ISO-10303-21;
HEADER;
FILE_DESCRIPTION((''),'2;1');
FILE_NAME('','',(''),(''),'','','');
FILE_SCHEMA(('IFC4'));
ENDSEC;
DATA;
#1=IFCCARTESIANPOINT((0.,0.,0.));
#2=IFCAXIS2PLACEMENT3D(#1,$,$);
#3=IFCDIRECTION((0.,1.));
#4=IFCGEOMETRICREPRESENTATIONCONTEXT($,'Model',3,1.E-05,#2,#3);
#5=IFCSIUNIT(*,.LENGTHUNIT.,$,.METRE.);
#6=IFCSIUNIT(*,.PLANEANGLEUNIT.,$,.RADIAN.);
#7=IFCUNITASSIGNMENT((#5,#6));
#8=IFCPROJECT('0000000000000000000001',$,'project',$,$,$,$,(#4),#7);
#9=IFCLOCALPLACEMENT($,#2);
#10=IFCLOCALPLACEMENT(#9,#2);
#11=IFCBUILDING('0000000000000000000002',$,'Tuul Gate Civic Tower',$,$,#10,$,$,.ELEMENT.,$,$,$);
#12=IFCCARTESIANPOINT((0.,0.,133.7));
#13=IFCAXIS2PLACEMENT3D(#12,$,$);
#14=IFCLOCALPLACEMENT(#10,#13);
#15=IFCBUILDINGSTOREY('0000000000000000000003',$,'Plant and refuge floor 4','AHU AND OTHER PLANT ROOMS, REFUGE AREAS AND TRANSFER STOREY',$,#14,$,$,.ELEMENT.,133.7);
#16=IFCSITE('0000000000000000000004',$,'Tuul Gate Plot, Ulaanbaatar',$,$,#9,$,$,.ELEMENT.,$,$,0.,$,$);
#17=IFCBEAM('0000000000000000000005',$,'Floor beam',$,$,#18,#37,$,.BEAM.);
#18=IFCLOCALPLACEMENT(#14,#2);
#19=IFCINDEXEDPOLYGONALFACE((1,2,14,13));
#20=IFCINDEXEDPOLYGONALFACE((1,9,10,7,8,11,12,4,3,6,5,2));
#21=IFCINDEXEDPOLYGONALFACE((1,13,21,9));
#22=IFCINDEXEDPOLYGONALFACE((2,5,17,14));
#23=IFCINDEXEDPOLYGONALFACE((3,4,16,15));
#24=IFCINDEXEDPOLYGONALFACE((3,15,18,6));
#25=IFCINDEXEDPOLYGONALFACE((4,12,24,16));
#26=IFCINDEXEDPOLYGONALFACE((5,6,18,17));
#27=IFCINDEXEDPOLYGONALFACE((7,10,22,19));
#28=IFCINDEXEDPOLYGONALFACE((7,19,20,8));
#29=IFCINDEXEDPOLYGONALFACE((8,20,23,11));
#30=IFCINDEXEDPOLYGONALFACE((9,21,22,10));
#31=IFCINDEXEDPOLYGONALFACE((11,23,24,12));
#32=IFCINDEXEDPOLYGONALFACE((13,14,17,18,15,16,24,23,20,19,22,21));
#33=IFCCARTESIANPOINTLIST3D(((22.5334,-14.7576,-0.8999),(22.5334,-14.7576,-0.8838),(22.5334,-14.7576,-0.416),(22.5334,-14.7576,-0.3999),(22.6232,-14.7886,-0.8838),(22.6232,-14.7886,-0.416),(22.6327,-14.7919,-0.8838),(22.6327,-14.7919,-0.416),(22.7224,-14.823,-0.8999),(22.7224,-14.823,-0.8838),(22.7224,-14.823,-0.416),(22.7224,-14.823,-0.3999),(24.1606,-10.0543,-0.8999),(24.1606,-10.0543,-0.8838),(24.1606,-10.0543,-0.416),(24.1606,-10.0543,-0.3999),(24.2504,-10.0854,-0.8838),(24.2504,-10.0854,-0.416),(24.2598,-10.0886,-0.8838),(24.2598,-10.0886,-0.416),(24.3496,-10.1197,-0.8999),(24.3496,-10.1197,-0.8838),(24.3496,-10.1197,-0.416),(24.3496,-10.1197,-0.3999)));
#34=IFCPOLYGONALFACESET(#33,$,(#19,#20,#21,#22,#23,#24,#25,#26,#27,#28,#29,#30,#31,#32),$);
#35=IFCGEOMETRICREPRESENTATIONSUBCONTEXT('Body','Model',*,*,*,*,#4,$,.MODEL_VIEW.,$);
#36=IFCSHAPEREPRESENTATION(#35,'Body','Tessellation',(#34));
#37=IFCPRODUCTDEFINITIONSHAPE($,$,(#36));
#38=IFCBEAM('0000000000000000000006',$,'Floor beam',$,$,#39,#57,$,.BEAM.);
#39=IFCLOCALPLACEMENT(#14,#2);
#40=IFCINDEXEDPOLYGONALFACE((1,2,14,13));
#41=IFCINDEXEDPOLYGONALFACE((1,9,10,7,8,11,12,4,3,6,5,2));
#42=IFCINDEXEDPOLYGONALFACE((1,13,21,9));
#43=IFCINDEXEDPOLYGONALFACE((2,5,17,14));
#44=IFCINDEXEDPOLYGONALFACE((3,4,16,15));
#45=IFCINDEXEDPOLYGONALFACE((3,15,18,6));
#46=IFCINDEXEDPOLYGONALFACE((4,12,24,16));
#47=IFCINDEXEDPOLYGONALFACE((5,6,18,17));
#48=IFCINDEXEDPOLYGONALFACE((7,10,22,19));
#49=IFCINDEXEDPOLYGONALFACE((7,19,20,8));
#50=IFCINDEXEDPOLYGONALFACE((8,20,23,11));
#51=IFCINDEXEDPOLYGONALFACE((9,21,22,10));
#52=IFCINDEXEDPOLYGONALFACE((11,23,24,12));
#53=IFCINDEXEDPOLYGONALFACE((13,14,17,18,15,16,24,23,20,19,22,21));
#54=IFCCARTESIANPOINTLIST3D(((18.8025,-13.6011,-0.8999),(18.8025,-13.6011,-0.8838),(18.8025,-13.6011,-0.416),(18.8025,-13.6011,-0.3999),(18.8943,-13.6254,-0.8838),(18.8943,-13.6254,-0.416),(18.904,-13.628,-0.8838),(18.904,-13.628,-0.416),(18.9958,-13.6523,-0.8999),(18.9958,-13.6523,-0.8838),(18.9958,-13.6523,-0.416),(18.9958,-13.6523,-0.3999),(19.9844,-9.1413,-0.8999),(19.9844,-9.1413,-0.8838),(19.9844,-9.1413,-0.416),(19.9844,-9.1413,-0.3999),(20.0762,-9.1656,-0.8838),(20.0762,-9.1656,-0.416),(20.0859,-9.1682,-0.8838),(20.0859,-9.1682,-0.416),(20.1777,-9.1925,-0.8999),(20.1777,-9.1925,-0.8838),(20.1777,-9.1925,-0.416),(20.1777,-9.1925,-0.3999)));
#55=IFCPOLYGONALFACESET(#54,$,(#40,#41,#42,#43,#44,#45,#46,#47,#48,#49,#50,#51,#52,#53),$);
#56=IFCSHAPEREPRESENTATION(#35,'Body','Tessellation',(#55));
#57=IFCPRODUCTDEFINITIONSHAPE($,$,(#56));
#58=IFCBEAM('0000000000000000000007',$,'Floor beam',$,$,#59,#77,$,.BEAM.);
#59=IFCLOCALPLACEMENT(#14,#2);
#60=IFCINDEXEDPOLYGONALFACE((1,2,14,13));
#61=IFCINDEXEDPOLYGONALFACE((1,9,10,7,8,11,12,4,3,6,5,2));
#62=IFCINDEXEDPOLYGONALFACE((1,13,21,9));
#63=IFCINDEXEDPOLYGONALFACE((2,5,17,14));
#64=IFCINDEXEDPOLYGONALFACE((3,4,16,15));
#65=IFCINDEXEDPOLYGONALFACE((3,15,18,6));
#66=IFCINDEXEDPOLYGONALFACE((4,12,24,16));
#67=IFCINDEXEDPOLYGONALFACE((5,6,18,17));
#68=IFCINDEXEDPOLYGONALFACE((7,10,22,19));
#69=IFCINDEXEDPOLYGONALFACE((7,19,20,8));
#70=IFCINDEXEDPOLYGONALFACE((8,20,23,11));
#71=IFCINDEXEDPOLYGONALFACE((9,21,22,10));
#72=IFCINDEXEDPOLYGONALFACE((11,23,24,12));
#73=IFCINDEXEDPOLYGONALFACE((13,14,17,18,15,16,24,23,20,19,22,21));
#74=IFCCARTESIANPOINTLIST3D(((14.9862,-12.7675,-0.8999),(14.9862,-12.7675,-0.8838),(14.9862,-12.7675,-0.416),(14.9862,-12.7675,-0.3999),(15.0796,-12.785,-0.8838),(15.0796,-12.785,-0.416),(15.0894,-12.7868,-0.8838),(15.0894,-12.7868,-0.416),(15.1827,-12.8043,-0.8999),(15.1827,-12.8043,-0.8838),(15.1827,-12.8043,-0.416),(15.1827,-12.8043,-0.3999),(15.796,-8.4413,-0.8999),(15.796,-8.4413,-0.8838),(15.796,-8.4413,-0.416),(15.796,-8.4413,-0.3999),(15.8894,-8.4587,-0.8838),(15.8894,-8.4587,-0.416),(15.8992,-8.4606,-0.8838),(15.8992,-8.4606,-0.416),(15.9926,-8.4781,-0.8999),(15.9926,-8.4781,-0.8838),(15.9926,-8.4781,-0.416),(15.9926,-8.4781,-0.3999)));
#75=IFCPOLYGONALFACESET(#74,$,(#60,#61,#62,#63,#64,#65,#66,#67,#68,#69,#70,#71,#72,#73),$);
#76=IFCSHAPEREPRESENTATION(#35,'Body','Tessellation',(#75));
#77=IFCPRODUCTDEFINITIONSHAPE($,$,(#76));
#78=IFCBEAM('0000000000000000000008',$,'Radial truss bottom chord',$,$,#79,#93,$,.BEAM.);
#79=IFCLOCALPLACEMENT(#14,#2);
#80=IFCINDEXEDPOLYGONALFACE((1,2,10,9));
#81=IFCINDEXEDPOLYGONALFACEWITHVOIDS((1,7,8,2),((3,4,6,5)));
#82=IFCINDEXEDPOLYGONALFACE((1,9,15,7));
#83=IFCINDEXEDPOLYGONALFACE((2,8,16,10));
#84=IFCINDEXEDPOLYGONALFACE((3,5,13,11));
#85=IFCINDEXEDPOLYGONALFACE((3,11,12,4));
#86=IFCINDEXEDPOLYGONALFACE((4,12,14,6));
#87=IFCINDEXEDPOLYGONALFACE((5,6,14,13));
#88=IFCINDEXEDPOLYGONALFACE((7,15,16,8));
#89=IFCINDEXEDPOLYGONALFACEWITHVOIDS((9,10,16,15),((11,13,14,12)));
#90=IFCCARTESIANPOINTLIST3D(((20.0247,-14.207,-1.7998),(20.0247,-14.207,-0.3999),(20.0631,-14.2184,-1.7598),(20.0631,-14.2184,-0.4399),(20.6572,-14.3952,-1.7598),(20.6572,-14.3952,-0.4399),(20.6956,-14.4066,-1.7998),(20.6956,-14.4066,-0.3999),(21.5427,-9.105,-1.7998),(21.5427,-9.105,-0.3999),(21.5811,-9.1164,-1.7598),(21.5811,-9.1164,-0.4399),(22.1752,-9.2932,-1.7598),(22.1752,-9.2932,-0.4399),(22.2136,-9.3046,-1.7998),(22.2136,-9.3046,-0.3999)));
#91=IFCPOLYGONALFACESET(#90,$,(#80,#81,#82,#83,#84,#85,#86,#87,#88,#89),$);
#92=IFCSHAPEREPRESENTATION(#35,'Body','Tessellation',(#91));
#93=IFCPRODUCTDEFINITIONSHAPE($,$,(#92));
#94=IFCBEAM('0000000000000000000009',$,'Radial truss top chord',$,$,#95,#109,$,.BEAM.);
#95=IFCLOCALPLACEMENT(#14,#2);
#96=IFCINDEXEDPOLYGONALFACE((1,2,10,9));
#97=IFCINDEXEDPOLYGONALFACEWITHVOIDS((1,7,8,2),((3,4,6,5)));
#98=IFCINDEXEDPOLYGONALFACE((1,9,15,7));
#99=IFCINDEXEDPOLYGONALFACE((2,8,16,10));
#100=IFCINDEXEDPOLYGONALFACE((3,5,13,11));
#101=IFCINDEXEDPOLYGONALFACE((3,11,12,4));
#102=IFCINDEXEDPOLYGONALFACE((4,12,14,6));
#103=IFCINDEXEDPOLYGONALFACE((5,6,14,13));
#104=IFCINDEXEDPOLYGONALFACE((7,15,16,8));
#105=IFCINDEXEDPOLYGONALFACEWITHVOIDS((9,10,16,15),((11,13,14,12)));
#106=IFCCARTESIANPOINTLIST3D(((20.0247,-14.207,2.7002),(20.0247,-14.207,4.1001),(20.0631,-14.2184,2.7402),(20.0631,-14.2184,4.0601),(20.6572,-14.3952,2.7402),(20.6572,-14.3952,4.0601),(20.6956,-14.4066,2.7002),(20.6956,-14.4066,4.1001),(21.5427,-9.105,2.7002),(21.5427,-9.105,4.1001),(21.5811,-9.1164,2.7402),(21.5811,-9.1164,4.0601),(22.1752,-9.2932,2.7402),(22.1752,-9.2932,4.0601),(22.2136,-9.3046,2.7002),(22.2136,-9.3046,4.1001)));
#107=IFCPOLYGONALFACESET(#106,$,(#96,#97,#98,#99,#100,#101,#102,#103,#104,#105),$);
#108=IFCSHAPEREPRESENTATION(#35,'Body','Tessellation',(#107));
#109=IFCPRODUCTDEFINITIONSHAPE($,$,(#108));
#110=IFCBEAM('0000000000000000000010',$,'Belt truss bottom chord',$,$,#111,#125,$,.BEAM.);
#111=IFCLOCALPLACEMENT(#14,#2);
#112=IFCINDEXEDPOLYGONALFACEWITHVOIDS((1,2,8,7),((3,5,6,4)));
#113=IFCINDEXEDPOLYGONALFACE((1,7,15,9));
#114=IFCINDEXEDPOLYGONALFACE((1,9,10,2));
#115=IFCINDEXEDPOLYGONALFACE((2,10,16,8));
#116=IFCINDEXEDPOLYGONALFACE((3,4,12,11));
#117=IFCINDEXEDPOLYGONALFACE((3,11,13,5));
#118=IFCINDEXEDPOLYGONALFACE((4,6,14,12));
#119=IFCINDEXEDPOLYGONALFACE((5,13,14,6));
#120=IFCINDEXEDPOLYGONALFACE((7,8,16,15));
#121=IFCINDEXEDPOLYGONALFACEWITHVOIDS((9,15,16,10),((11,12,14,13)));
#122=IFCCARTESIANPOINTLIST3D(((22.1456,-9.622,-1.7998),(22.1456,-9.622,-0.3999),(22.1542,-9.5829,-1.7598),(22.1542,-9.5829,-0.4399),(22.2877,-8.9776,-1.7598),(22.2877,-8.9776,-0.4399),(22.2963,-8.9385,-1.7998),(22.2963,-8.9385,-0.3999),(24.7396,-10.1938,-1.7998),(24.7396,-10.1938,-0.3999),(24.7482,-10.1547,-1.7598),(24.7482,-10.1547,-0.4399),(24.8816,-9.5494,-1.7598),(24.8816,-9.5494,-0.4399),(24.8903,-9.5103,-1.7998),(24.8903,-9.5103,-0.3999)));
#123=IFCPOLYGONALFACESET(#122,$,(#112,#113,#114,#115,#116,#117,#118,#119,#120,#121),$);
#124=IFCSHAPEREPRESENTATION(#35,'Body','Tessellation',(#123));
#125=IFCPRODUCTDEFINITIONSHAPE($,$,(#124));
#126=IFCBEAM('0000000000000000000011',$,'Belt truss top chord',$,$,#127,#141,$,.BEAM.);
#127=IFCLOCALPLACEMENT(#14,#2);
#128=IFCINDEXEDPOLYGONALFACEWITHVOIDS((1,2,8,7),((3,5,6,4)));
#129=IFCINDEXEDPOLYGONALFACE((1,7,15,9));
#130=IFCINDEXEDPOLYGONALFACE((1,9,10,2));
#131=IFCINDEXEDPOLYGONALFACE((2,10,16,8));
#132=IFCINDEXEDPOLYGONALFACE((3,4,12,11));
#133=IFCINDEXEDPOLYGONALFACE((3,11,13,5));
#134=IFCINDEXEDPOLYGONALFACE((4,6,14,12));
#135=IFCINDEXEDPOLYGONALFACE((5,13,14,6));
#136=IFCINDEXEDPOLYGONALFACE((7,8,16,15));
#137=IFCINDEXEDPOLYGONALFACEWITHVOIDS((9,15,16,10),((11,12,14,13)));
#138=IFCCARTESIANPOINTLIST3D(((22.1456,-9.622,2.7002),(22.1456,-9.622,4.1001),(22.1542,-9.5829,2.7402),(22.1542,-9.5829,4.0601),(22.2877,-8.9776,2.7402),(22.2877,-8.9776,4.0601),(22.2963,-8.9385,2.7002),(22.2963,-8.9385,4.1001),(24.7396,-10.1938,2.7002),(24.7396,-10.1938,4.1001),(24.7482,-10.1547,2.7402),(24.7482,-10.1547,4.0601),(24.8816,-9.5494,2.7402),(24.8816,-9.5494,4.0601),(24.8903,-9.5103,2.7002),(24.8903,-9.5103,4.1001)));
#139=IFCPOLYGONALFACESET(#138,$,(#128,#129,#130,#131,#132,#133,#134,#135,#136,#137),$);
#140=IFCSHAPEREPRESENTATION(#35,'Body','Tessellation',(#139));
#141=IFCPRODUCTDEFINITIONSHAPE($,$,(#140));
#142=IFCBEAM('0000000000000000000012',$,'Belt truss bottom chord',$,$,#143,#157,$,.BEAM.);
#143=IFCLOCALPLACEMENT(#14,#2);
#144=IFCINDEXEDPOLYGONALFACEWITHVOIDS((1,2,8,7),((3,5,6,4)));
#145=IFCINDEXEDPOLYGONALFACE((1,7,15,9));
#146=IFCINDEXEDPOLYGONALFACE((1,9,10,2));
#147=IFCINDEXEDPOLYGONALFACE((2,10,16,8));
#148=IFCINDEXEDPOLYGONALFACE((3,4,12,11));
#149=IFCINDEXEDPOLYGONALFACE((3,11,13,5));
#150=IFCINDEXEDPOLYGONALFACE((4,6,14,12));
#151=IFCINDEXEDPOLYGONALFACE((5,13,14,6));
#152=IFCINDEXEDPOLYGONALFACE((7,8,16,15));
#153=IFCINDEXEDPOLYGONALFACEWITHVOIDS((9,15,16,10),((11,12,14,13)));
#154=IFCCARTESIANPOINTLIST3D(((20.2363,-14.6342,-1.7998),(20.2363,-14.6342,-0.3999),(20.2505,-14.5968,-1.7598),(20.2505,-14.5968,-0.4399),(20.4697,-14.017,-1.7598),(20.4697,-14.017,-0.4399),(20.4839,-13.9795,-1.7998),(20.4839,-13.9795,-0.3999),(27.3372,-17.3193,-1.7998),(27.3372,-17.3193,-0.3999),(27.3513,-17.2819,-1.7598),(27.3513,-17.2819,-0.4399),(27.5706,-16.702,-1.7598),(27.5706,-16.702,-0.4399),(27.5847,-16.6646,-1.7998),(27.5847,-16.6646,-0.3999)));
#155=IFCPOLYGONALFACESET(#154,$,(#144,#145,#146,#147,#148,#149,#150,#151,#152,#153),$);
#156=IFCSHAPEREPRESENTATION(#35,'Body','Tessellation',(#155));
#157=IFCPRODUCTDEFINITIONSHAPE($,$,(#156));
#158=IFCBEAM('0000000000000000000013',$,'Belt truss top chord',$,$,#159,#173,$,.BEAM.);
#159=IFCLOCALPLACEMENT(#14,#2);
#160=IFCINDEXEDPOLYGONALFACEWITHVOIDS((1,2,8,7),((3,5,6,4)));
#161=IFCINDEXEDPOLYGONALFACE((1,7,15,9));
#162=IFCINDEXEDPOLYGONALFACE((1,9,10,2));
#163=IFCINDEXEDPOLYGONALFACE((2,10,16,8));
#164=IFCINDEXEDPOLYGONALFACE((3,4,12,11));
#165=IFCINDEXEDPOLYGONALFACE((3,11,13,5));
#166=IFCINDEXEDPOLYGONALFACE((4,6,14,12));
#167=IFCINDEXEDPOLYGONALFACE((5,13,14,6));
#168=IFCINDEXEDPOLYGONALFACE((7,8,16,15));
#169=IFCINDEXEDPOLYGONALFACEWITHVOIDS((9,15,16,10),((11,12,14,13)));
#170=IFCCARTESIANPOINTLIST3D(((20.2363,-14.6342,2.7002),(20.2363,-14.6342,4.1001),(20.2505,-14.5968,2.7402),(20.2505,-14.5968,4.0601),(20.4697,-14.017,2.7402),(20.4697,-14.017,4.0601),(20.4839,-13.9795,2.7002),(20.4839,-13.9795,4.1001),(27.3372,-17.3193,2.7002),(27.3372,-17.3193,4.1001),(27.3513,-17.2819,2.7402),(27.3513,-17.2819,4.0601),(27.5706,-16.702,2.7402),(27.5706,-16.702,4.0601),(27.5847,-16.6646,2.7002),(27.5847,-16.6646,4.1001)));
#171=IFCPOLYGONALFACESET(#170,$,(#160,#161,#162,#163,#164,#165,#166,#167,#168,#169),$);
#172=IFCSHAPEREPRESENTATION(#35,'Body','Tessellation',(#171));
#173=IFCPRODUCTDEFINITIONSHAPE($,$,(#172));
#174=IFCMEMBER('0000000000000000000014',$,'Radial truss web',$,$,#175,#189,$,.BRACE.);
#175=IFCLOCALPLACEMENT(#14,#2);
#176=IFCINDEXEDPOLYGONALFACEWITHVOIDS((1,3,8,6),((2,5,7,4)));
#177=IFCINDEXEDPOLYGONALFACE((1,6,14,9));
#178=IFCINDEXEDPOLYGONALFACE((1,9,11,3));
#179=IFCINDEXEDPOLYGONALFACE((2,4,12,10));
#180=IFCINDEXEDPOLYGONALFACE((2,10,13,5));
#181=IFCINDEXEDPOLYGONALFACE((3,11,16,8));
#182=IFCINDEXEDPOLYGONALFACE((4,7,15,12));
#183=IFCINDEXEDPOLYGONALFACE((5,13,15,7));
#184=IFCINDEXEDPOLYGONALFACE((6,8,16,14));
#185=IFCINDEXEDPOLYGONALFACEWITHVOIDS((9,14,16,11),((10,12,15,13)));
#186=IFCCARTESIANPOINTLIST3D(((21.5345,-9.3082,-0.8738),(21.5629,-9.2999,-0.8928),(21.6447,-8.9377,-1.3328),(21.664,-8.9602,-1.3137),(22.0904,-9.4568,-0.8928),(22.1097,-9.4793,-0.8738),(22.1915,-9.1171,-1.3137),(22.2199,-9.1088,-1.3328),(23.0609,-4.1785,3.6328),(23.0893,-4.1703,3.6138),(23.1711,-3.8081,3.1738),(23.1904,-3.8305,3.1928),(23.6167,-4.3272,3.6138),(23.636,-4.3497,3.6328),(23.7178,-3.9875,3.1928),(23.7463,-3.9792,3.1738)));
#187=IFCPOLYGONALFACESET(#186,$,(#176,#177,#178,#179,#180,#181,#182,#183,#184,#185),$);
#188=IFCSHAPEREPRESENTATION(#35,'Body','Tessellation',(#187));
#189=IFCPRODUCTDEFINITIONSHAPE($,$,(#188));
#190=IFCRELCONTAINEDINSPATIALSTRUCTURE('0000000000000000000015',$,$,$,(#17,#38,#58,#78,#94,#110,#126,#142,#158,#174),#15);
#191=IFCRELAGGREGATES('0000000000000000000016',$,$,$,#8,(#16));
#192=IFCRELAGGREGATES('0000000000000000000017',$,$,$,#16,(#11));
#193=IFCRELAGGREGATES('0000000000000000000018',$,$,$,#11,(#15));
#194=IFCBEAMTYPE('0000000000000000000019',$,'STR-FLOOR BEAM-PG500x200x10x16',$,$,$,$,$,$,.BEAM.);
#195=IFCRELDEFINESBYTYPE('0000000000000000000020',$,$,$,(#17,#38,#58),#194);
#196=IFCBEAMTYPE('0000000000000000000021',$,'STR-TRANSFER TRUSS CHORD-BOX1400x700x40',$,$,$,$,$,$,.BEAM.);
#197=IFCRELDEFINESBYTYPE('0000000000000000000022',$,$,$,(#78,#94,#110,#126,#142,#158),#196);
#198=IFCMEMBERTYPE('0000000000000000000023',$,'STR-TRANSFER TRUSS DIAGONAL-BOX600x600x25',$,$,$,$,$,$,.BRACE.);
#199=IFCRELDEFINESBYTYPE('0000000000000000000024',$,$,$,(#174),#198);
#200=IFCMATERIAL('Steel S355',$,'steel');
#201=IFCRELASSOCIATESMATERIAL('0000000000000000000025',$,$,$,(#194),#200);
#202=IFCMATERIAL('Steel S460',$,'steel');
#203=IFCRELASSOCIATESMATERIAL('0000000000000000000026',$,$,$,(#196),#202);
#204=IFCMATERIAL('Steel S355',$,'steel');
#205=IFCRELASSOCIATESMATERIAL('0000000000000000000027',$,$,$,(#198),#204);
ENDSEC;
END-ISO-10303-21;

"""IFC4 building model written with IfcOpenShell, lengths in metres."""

from ifc_helpers import new_model, si_unit, direction, frame, origin, origin_2d, place, context, subcontext, project, spatial, hollow_rectangle, i_section, extrude, material, material_profile, profile_set, type_object, element, save


model = new_model("IFC4")

# Units and contexts
model_context = context("Model", 3, precision=1e-05, world=origin(), true_north=direction((0.0, 1.0)))
body_context = subcontext(model_context, "Body", "Model", "MODEL_VIEW")
ifc_project = project(units=[si_unit("LENGTHUNIT", "METRE"), si_unit("PLANEANGLEUNIT", "RADIAN")], contexts=[model_context])

# Site, building, storey
site_placement = place(None, origin())
site = spatial("IfcSite", under=ifc_project, at=site_placement, Name="Tuul Gate Plot, Ulaanbaatar", CompositionType="ELEMENT", RefElevation=0.0)
building_placement = place(site_placement, origin())
building = spatial("IfcBuilding", under=site, at=building_placement, Name="Tuul Gate Civic Tower", CompositionType="ELEMENT")
storey_placement = place(building_placement, frame((0.0, 0.0, 133.7)))
storey = spatial("IfcBuildingStorey", under=building, at=storey_placement, Name="Plant and refuge floor 4", Description="AHU AND OTHER PLANT ROOMS, REFUGE AREAS AND TRANSFER STOREY", CompositionType="ELEMENT", Elevation=133.7)

# Beams
ifc_material_1 = material(Name="Steel S355", Category="steel")
ifc_material_profile_1 = material_profile(ifc_material_1, i_section(OverallWidth=0.2, OverallDepth=0.5, WebThickness=0.01, FlangeThickness=0.0161, at=origin_2d()), Name="PG500x200x10x16")
ifc_profile_set_1 = profile_set([ifc_material_profile_1], Name="Steel S355")
beam_type_1 = type_object("IfcBeamType", Name="STR-FLOOR BEAM-PG500x200x10x16", PredefinedType="BEAM", material=ifc_profile_set_1)
beam_1_placement = place(storey_placement, frame((22.6279, -14.7903, -0.6499), z_axis=(0.32695, 0.945041, 0.0), x_axis=(-0.945041, 0.32695, 0.0)))
element("IfcBeam", 1, at=beam_1_placement, inside=storey, type_object=beam_type_1, Name="Floor beam", PredefinedType="BEAM", context=body_context, shape_type="SweptSolid", body=[
    extrude(i_section(OverallWidth=0.2, OverallDepth=0.5, WebThickness=0.01, FlangeThickness=0.0161, at=origin_2d()), origin(), (0.0, 0.0, 1.0), 4.9768),
])
beam_2_placement = place(storey_placement, frame((18.8992, -13.6267, -0.6499), z_axis=(0.25617, 0.966632, 0.0), x_axis=(-0.966632, 0.25617, 0.0)))
element("IfcBeam", 2, at=beam_2_placement, inside=storey, type_object=beam_type_1, Name="Floor beam", PredefinedType="BEAM", context=body_context, shape_type="SweptSolid", body=[
    extrude(i_section(OverallWidth=0.2, OverallDepth=0.5, WebThickness=0.01, FlangeThickness=0.0161, at=origin_2d()), origin(), (0.0, 0.0, 1.0), 4.6138),
])
beam_3_placement = place(storey_placement, frame((15.0845, -12.7859, -0.6499), z_axis=(0.183994, 0.982927, 0.0), x_axis=(-0.982927, 0.183994, 0.0)))
element("IfcBeam", 3, at=beam_3_placement, inside=storey, type_object=beam_type_1, Name="Floor beam", PredefinedType="BEAM", context=body_context, shape_type="SweptSolid", body=[
    extrude(i_section(OverallWidth=0.2, OverallDepth=0.5, WebThickness=0.01, FlangeThickness=0.0161, at=origin_2d()), origin(), (0.0, 0.0, 1.0), 4.4014),
])
ifc_material_2 = material(Name="Steel S460", Category="steel")
ifc_material_profile_2 = material_profile(ifc_material_2, hollow_rectangle(XDim=0.7, YDim=1.3999, WallThickness=0.04, at=origin_2d()), Name="BOX1400x700x40")
ifc_profile_set_2 = profile_set([ifc_material_profile_2], Name="Steel S460")
beam_type_2 = type_object("IfcBeamType", Name="STR-TRANSFER TRUSS CHORD-BOX1400x700x40", PredefinedType="BEAM", material=ifc_profile_set_2)
for number, where, z_axis, x_axis, name in (
    (4, (21.8782, -9.2048, -1.0999), (-0.285184, -0.958473, 0.0), (0.958473, -0.285184, 0.0), "Radial truss bottom chord"),
    (5, (21.8782, -9.2048, 3.4001), (-0.285184, -0.958473, 0.0), (0.958473, -0.285184, 0.0), "Radial truss top chord"),
):
    element("IfcBeam", number, at=place(storey_placement, frame(where, z_axis=z_axis, x_axis=x_axis)), inside=storey, type_object=beam_type_2, Name=name, PredefinedType="BEAM", context=body_context, shape_type="SweptSolid", body=[
        extrude(hollow_rectangle(XDim=0.7, YDim=1.3999, WallThickness=0.04, at=origin_2d()), origin(), (0.0, 0.0, 1.0), 5.323),
    ])
for number, where, z_axis, x_axis, name in (
    (6, (22.2209, -9.2803, -1.0999), (0.976558, -0.215256, 0.0), (0.215256, 0.976558, 0.0), "Belt truss bottom chord"),
    (7, (22.2209, -9.2803, 3.4001), (0.976558, -0.215256, 0.0), (0.215256, 0.976558, 0.0), "Belt truss top chord"),
):
    element("IfcBeam", number, at=place(storey_placement, frame(where, z_axis=z_axis, x_axis=x_axis)), inside=storey, type_object=beam_type_2, Name=name, PredefinedType="BEAM", context=body_context, shape_type="SweptSolid", body=[
        extrude(hollow_rectangle(XDim=0.7, YDim=1.3999, WallThickness=0.04, at=origin_2d()), origin(), (0.0, 0.0, 1.0), 2.6562),
    ])
for number, where, z_axis, x_axis, name in (
    (8, (20.3601, -14.3069, -1.0999), (0.935362, -0.353691, 0.0), (0.353691, 0.935362, 0.0), "Belt truss bottom chord"),
    (9, (20.3601, -14.3069, 3.4001), (0.935362, -0.353691, 0.0), (0.353691, 0.935362, 0.0), "Belt truss top chord"),
):
    element("IfcBeam", number, at=place(storey_placement, frame(where, z_axis=z_axis, x_axis=x_axis)), inside=storey, type_object=beam_type_2, Name=name, PredefinedType="BEAM", context=body_context, shape_type="SweptSolid", body=[
        extrude(hollow_rectangle(XDim=0.7, YDim=1.3999, WallThickness=0.04, at=origin_2d()), origin(), (0.0, 0.0, 1.0), 7.5916),
    ])

# Member
ifc_material_3 = material(Name="Steel S355", Category="steel")
ifc_material_profile_3 = material_profile(ifc_material_3, hollow_rectangle(XDim=0.6001, YDim=0.6001, WallThickness=0.0249, at=origin_2d()), Name="BOX600x600x25")
ifc_profile_set_3 = profile_set([ifc_material_profile_3], Name="Steel S355")
member_type_1 = type_object("IfcMemberType", Name="STR-TRANSFER TRUSS DIAGONAL-BOX600x600x25", PredefinedType="BRACE", material=ifc_profile_set_3)
member_1_placement = place(storey_placement, frame((21.8772, -9.2085, -1.1033), z_axis=(0.218159, 0.733162, 0.644112), x_axis=(-0.958468, 0.2852, 0.0)))
element("IfcMember", 10, at=member_1_placement, inside=storey, type_object=member_type_1, Name="Radial truss web", PredefinedType="BRACE", context=body_context, shape_type="SweptSolid", body=[
    extrude(hollow_rectangle(XDim=0.6001, YDim=0.6001, WallThickness=0.0249, at=origin_2d()), origin(), (0.0, 0.0, 1.0), 6.9966),
])

save(model, "model.ifc")
